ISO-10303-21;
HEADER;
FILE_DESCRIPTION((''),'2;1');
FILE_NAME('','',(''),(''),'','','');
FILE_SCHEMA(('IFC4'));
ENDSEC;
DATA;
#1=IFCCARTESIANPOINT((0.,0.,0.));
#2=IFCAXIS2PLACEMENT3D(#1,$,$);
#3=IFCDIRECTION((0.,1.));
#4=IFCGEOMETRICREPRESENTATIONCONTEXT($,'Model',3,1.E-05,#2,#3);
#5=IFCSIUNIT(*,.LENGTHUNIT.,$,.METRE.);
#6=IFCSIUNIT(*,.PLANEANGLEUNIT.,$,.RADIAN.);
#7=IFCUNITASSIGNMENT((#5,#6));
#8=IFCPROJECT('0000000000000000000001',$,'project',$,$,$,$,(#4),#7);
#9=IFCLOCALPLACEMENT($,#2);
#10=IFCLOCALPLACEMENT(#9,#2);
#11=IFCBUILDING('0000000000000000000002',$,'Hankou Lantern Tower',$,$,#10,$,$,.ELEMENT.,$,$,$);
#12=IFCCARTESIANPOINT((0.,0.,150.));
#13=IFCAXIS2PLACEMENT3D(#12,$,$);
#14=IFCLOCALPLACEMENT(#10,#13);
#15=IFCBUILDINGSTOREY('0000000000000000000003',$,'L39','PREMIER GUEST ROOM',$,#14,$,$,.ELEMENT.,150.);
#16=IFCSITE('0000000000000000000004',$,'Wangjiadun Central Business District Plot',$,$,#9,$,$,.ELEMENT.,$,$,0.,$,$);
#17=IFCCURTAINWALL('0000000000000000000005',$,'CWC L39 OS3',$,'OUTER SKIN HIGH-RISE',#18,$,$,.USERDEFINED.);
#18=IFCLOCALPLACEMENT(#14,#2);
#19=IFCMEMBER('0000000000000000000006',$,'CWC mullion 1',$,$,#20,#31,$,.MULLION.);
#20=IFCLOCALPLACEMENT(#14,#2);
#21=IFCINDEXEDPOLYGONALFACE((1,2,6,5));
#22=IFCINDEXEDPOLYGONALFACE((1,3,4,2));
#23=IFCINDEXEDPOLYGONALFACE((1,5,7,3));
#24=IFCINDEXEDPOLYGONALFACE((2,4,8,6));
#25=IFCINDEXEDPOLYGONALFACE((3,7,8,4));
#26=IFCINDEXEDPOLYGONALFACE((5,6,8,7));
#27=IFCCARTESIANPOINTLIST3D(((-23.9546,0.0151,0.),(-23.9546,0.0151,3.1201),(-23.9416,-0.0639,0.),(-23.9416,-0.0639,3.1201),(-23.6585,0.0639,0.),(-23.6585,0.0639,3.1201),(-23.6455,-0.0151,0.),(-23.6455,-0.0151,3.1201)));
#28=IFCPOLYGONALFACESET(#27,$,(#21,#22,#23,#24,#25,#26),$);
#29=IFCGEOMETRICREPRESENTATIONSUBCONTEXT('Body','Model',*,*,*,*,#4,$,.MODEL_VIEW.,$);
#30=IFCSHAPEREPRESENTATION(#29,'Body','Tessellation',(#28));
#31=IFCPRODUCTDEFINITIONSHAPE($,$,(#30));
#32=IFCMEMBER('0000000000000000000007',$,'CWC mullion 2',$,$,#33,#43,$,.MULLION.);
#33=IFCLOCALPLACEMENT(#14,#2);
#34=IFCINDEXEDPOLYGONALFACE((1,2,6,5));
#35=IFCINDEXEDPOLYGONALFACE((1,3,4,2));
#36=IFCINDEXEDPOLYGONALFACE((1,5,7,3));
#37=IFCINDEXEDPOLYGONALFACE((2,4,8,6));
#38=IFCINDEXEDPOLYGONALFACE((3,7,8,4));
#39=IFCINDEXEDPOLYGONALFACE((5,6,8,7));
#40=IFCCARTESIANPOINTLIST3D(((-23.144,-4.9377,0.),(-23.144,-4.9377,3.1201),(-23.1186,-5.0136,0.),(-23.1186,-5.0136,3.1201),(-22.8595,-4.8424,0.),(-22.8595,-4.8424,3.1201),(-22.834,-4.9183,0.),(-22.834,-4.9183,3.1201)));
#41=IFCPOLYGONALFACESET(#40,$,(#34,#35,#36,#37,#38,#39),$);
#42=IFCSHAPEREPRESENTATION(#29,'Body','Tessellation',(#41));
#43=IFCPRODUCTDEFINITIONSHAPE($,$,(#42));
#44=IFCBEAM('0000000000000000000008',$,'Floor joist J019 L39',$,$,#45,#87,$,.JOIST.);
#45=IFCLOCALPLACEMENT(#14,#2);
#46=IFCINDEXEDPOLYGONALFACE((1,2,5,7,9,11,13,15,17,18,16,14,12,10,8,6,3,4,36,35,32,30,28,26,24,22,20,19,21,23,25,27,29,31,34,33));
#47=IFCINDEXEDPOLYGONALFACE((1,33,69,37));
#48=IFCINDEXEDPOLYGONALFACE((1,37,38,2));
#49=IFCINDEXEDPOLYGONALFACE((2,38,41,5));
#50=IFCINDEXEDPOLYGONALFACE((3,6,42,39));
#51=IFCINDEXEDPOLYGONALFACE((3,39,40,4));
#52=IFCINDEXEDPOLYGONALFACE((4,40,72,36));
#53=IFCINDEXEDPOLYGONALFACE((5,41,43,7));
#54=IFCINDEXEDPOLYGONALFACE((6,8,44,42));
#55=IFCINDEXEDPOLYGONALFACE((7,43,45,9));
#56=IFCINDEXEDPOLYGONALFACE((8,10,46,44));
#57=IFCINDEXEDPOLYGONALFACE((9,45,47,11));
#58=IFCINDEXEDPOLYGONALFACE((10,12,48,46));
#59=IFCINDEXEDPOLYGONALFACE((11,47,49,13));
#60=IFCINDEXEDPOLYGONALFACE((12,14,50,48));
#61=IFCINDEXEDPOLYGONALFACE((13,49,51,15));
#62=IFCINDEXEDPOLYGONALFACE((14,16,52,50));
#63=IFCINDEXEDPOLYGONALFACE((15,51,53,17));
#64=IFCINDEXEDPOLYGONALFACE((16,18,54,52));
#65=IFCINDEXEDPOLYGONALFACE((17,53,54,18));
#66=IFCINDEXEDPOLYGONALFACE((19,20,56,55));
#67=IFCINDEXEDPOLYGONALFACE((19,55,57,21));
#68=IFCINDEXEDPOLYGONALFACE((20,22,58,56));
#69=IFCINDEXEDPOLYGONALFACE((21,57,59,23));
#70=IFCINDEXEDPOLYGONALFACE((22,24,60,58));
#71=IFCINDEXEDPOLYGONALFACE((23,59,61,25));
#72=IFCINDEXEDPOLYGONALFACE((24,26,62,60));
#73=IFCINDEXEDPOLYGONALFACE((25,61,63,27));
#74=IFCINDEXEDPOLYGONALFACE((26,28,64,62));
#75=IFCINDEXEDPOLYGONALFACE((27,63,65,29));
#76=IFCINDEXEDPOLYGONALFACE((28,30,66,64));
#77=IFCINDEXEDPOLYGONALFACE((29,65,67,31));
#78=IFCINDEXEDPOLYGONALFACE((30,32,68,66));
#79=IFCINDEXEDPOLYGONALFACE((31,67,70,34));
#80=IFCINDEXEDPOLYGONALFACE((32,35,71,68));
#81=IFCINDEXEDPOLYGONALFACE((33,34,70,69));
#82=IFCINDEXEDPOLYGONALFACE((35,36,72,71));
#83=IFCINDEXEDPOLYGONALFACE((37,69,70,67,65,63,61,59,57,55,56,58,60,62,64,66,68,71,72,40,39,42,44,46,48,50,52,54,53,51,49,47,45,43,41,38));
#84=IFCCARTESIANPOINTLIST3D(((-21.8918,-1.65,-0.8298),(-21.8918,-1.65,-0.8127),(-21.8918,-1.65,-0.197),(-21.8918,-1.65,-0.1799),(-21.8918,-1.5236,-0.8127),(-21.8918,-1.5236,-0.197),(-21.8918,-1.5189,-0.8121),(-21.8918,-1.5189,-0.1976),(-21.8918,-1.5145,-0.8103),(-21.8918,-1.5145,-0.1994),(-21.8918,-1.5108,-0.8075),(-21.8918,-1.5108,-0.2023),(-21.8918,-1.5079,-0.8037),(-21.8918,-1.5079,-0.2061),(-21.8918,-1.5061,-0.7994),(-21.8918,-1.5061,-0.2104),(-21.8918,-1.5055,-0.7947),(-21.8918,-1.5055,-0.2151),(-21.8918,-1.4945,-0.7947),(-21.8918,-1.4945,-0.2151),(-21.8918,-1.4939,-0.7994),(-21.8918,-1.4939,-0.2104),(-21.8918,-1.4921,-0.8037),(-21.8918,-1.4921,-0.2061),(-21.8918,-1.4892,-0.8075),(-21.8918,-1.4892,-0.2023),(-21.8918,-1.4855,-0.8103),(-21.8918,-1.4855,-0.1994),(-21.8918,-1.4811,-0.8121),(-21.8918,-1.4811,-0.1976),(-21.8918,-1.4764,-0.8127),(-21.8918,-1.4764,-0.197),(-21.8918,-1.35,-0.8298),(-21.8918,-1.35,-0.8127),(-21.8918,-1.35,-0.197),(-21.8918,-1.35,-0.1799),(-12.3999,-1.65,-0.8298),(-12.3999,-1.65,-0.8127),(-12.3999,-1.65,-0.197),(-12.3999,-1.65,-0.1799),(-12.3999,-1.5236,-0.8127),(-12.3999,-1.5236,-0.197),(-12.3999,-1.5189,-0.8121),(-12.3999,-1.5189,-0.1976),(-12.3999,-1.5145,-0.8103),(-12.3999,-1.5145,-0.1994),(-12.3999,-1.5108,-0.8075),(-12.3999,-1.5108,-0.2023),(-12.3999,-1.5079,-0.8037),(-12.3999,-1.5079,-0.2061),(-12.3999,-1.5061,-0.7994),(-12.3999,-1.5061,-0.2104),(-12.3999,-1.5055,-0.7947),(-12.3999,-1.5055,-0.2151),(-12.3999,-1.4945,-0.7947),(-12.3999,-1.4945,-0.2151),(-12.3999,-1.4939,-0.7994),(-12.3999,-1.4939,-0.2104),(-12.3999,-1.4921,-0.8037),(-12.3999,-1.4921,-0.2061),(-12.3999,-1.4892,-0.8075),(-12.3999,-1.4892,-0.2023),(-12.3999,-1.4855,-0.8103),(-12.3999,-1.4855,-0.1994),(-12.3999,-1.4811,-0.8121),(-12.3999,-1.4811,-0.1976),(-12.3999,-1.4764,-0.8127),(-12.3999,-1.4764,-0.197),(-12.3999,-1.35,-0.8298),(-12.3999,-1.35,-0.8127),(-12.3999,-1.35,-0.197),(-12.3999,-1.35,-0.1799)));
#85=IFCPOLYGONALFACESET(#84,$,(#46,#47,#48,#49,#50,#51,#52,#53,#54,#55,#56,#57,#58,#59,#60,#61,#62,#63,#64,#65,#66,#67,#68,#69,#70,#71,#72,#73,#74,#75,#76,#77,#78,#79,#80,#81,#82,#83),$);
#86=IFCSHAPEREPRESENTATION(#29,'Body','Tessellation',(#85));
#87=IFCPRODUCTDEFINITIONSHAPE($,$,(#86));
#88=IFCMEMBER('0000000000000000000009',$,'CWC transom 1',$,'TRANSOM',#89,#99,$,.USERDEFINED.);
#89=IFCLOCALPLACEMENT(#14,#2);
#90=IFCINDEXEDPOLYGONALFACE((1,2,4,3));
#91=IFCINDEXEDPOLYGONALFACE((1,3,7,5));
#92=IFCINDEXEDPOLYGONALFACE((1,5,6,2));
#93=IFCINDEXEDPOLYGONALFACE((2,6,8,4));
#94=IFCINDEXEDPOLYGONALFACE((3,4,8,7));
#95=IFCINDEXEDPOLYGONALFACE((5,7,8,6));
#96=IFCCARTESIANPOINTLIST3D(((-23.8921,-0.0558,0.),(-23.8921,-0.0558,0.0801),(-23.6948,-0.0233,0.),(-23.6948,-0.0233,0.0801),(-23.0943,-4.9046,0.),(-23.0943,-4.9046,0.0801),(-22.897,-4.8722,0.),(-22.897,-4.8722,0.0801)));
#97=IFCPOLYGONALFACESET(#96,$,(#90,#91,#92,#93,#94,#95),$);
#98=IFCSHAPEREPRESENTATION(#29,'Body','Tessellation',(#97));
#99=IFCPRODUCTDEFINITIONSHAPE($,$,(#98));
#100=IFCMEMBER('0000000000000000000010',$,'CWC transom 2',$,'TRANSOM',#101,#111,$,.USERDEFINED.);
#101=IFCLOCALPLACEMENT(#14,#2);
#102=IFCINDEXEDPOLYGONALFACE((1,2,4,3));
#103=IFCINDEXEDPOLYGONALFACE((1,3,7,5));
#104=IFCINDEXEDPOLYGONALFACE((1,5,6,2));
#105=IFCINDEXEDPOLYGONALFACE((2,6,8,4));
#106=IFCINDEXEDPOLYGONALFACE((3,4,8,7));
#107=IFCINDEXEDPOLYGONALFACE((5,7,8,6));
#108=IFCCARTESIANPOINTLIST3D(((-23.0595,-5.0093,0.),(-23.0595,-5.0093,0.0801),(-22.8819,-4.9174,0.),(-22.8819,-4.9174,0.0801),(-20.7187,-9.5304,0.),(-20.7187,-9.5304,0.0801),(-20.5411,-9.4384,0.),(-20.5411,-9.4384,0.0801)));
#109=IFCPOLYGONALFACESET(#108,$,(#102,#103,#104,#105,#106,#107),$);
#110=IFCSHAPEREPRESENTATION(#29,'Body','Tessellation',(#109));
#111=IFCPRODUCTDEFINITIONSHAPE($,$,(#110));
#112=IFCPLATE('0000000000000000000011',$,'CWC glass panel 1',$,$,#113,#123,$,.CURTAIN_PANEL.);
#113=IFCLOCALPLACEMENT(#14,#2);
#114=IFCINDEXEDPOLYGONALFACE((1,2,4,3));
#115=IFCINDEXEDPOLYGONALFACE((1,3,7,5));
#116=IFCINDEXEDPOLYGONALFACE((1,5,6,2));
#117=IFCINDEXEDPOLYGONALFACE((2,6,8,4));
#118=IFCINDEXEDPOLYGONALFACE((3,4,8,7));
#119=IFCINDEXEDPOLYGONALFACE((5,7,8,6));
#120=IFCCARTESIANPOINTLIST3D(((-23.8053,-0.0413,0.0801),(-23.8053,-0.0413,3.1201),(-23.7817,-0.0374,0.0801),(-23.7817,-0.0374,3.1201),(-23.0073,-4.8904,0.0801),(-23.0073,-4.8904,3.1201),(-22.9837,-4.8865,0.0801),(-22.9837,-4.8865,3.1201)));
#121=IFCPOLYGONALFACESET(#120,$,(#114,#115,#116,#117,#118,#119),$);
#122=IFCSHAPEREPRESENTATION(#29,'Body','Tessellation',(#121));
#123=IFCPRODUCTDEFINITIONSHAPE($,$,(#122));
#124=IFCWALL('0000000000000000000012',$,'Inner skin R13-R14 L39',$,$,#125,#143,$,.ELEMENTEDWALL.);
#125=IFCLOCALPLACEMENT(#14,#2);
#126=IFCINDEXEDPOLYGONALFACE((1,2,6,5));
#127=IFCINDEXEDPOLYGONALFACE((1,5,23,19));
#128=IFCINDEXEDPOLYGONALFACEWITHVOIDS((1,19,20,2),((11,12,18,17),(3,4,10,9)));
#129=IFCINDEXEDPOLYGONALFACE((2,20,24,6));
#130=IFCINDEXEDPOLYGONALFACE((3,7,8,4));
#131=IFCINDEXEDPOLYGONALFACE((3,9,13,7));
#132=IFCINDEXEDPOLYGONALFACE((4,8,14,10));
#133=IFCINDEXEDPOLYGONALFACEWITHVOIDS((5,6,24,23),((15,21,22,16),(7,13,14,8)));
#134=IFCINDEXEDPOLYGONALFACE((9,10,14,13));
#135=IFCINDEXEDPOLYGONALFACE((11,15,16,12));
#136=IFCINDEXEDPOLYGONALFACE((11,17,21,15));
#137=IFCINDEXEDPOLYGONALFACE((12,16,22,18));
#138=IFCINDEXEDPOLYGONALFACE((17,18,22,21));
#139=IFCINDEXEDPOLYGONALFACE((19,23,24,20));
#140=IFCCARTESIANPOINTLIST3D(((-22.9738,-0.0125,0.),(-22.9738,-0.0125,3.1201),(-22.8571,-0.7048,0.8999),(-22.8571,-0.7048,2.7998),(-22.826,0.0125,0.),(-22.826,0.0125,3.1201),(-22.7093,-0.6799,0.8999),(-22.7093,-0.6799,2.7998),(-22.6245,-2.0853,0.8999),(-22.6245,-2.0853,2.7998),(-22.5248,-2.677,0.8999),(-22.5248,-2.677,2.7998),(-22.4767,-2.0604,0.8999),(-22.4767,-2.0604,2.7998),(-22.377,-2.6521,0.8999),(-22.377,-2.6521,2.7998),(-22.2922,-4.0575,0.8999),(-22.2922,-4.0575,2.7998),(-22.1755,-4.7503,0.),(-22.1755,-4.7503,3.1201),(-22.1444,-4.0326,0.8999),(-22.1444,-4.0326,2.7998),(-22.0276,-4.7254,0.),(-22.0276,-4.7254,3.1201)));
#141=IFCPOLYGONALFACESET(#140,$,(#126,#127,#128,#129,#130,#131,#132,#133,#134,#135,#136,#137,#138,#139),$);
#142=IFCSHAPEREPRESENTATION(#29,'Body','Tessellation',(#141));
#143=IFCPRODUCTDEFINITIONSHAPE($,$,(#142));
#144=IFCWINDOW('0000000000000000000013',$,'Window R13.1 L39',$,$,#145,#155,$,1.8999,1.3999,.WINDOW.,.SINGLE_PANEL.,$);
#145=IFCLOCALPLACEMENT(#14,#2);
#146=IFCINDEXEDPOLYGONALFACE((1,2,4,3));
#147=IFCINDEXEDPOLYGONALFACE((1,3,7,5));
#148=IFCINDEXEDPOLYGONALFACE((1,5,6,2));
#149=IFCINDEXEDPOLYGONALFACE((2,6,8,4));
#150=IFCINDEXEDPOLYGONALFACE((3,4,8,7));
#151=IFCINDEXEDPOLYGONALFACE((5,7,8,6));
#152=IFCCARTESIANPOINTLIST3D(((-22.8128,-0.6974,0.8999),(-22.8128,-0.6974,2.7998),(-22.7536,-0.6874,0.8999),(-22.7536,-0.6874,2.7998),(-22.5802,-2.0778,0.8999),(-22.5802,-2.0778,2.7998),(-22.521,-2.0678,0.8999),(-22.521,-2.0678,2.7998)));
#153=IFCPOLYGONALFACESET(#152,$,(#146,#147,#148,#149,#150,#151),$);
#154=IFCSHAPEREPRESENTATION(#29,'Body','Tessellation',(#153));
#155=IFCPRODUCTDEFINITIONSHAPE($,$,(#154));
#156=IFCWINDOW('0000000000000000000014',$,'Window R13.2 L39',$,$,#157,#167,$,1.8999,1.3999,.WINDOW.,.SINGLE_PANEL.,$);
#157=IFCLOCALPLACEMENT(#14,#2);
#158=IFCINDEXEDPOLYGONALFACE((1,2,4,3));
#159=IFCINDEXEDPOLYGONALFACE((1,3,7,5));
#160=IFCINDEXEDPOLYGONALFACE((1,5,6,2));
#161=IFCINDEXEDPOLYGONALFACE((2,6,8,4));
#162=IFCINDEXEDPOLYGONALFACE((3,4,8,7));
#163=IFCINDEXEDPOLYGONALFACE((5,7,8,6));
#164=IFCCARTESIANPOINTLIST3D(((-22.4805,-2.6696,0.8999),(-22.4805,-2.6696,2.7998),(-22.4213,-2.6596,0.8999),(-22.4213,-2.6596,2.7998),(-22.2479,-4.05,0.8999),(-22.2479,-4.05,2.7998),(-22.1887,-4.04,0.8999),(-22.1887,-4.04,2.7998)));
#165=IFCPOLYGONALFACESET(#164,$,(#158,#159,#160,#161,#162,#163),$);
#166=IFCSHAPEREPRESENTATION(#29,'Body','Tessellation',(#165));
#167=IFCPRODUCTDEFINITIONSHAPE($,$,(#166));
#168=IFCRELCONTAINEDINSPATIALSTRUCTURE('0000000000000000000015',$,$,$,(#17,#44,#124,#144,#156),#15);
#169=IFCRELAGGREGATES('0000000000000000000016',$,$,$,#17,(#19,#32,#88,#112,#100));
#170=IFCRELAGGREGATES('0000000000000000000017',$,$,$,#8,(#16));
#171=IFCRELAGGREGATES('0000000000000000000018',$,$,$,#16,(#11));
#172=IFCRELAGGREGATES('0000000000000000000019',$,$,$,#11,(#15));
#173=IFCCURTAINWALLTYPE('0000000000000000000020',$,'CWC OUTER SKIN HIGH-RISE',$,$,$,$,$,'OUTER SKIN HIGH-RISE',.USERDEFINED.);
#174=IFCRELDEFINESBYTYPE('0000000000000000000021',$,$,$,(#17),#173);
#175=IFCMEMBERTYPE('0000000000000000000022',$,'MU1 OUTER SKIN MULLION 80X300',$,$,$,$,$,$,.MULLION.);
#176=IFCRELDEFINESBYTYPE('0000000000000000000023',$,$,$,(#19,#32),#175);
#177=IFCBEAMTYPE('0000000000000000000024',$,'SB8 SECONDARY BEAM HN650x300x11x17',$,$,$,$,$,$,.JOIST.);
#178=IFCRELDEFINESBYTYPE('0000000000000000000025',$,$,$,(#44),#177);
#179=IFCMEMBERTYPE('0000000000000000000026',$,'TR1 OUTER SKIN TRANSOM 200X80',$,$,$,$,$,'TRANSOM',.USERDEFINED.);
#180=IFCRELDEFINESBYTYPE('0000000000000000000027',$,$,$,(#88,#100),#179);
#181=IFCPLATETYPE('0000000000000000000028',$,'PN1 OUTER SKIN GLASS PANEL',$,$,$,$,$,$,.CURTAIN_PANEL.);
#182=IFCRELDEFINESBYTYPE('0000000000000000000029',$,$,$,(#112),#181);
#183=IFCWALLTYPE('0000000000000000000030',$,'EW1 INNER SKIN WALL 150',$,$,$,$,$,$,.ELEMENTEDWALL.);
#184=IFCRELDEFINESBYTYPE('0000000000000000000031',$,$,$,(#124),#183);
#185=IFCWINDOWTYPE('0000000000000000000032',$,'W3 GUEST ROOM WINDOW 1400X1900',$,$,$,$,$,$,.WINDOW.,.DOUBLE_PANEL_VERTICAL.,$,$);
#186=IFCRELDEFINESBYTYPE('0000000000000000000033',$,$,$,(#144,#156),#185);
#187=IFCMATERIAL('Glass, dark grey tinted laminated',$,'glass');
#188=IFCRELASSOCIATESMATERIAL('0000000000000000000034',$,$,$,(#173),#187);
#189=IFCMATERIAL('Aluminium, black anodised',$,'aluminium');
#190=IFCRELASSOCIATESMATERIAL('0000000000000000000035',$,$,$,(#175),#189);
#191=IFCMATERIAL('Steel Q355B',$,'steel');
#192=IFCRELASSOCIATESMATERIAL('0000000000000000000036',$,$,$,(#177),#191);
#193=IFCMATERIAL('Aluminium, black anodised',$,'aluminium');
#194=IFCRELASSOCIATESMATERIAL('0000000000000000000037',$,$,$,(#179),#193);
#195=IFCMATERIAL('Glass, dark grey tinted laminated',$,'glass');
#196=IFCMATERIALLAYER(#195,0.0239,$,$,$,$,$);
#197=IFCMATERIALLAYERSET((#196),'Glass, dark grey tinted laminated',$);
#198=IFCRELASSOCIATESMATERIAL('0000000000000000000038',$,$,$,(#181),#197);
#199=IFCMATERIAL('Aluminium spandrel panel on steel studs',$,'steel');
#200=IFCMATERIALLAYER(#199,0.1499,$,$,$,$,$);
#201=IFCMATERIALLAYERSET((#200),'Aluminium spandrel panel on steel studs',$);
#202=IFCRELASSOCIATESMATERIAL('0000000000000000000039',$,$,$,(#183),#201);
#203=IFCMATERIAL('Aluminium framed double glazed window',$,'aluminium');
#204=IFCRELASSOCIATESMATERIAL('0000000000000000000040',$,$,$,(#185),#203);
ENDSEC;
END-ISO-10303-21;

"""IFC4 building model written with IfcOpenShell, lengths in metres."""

from ifc_helpers import new_model, si_unit, direction, frame, frame_2d, origin, origin_2d, place, context, subcontext, project, spatial, rectangle, i_section, extrude, material, layer, layer_set, material_profile, profile_set, type_object, element, fill, aggregate, save


model = new_model("IFC4")

# Units and contexts
model_context = context("Model", 3, precision=1e-05, world=origin(), true_north=direction((0.0, 1.0)))
body_context = subcontext(model_context, "Body", "Model", "MODEL_VIEW")
ifc_project = project(units=[si_unit("LENGTHUNIT", "METRE"), si_unit("PLANEANGLEUNIT", "RADIAN")], contexts=[model_context])

# Site, building, storey
site_placement = place(None, origin())
site = spatial("IfcSite", under=ifc_project, at=site_placement, Name="Wangjiadun Central Business District Plot", CompositionType="ELEMENT", RefElevation=0.0)
building_placement = place(site_placement, origin())
building = spatial("IfcBuilding", under=site, at=building_placement, Name="Hankou Lantern Tower", CompositionType="ELEMENT")
storey_placement = place(building_placement, frame((0.0, 0.0, 150.0)))
storey = spatial("IfcBuildingStorey", under=building, at=storey_placement, Name="L39", Description="PREMIER GUEST ROOM", CompositionType="ELEMENT", Elevation=150.0)

# Curtain wall, members
ifc_material_1 = material(Name="Glass, dark grey tinted laminated", Category="glass")
curtain_wall_type = type_object("IfcCurtainWallType", Name="CWC OUTER SKIN HIGH-RISE", ElementType="OUTER SKIN HIGH-RISE", PredefinedType="USERDEFINED", material=ifc_material_1)
curtain_wall_placement = place(storey_placement, origin())
curtain_wall = element("IfcCurtainWall", 1, at=curtain_wall_placement, inside=storey, type_object=curtain_wall_type, Name="CWC L39 OS3", ObjectType="OUTER SKIN HIGH-RISE", PredefinedType="USERDEFINED")
ifc_material_2 = material(Name="Aluminium, black anodised", Category="aluminium")
ifc_material_profile_1 = material_profile(ifc_material_2, rectangle(XDim=0.0801, YDim=0.3, at=origin_2d()), Name="MU1 80X300")
ifc_profile_set_1 = profile_set([ifc_material_profile_1], Name="Aluminium, black anodised")
member_type_1 = type_object("IfcMemberType", Name="MU1 OUTER SKIN MULLION 80X300", PredefinedType="MULLION", material=ifc_profile_set_1)
member_1_placement = place(storey_placement, frame((-23.8, 0.0, 0.0), z_axis=(0.0, 0.0, 1.0), x_axis=(0.162382, -0.986728, 0.0)))
member_1 = element("IfcMember", 2, at=member_1_placement, type_object=member_type_1, Name="CWC mullion 1", PredefinedType="MULLION", context=body_context, shape_type="SweptSolid", body=[
    extrude(rectangle(XDim=0.0801, YDim=0.3, at=origin_2d()), origin(), (0.0, 0.0, 1.0), 3.1201),
])
member_2_placement = place(storey_placement, frame((-22.989, -4.928, 0.0), z_axis=(0.0, 0.0, 1.0), x_axis=(0.317596, -0.948226, 0.0)))
member_2 = element("IfcMember", 3, at=member_2_placement, type_object=member_type_1, Name="CWC mullion 2", PredefinedType="MULLION", context=body_context, shape_type="SweptSolid", body=[
    extrude(rectangle(XDim=0.0801, YDim=0.3, at=origin_2d()), origin(), (0.0, 0.0, 1.0), 3.1201),
])

# Beam
ifc_material_3 = material(Name="Steel Q355B", Category="steel")
ifc_material_profile_2 = material_profile(ifc_material_3, i_section(OverallWidth=0.3, OverallDepth=0.6499, WebThickness=0.011, FlangeThickness=0.0171, FilletRadius=0.0181, at=origin_2d()), Name="HN650x300x11x17")
ifc_profile_set_2 = profile_set([ifc_material_profile_2], Name="Steel Q355B")
beam_type_1 = type_object("IfcBeamType", Name="SB8 SECONDARY BEAM HN650x300x11x17", PredefinedType="JOIST", material=ifc_profile_set_2)
beam_1_placement = place(storey_placement, frame((-21.8918, -1.5, -0.5049), z_axis=(1.0, 0.0, 0.0), x_axis=(0.0, 1.0, 0.0)))
element("IfcBeam", 4, at=beam_1_placement, inside=storey, type_object=beam_type_1, Name="Floor joist J019 L39", PredefinedType="JOIST", context=body_context, shape_type="SweptSolid", body=[
    extrude(i_section(OverallWidth=0.3, OverallDepth=0.6499, WebThickness=0.011, FlangeThickness=0.0171, FilletRadius=0.0181, at=origin_2d()), origin(), (0.0, 0.0, 1.0), 9.4919),
])

# Members
ifc_material_4 = material(Name="Aluminium, black anodised", Category="aluminium")
ifc_material_profile_3 = material_profile(ifc_material_4, rectangle(XDim=0.2, YDim=0.0801, at=origin_2d()), Name="TR1 200X80")
ifc_profile_set_3 = profile_set([ifc_material_profile_3], Name="Aluminium, black anodised")
member_type_2 = type_object("IfcMemberType", Name="TR1 OUTER SKIN TRANSOM 200X80", ElementType="TRANSOM", PredefinedType="USERDEFINED", material=ifc_profile_set_3)
member_3_placement = place(storey_placement, frame((-23.7935, -0.0396, 0.04), z_axis=(0.16236, -0.986732, 0.0), x_axis=(0.986732, 0.16236, 0.0)))
member_3 = element("IfcMember", 5, at=member_3_placement, type_object=member_type_2, Name="CWC transom 1", ObjectType="TRANSOM", PredefinedType="USERDEFINED", context=body_context, shape_type="SweptSolid", body=[
    extrude(rectangle(XDim=0.2, YDim=0.0801, at=origin_2d()), origin(), (0.0, 0.0, 1.0), 4.9141),
])
member_4_placement = place(storey_placement, frame((-22.9707, -4.9634, 0.04), z_axis=(0.459791, -0.888027, 0.0), x_axis=(0.888027, 0.459791, 0.0)))
member_4 = element("IfcMember", 6, at=member_4_placement, type_object=member_type_2, Name="CWC transom 2", ObjectType="TRANSOM", PredefinedType="USERDEFINED", context=body_context, shape_type="SweptSolid", body=[
    extrude(rectangle(XDim=0.2, YDim=0.0801, at=origin_2d()), origin(), (0.0, 0.0, 1.0), 5.0911),
])

# Plate
ifc_material_5 = material(Name="Glass, dark grey tinted laminated", Category="glass")
ifc_layer_1 = layer(ifc_material_5, 0.0239)
ifc_layer_set_1 = layer_set([ifc_layer_1], Name="Glass, dark grey tinted laminated")
plate_type = type_object("IfcPlateType", Name="PN1 OUTER SKIN GLASS PANEL", PredefinedType="CURTAIN_PANEL", material=ifc_layer_set_1)
plate_placement = place(storey_placement, frame((-23.3945, -2.4639, 0.0801), z_axis=(0.0, 0.0, 1.0), x_axis=(0.162382, -0.986728, 0.0)))
plate = element("IfcPlate", 7, at=plate_placement, type_object=plate_type, Name="CWC glass panel 1", PredefinedType="CURTAIN_PANEL", context=body_context, shape_type="SweptSolid", body=[
    extrude(rectangle(XDim=4.9143, YDim=0.0239, at=origin_2d()), origin(), (0.0, 0.0, 1.0), 3.04),
])
aggregate(curtain_wall, [member_1, member_2, member_3, plate, member_4])

# Wall, openings, windows
ifc_material_6 = material(Name="Aluminium spandrel panel on steel studs", Category="steel")
ifc_layer_2 = layer(ifc_material_6, 0.1499)
ifc_layer_set_2 = layer_set([ifc_layer_2], Name="Aluminium spandrel panel on steel studs")
wall_type_1 = type_object("IfcWallType", Name="EW1 INNER SKIN WALL 150", PredefinedType="ELEMENTEDWALL", material=ifc_layer_set_2)
wall_1_placement = place(storey_placement, frame((-22.8999, 0.0, 0.0), z_axis=(0.0, 0.0, 1.0), x_axis=(0.166162, -0.986098, 0.0)))
wall_1 = element("IfcWall", 8, at=wall_1_placement, inside=storey, type_object=wall_type_1, Name="Inner skin R13-R14 L39", PredefinedType="ELEMENTEDWALL", context=body_context, shape_type="SweptSolid", body=[
    extrude(rectangle(XDim=4.8047, YDim=0.1499, at=frame_2d((2.4023, 0.0))), origin(), (0.0, 0.0, 1.0), 3.1201),
])
opening_1_placement = place(wall_1_placement, frame((0.7021, 0.0, 0.8999)))
opening_1 = element("IfcOpeningElement", 9, at=opening_1_placement, cuts=wall_1, PredefinedType="OPENING", context=body_context, shape_type="SweptSolid", body=[
    extrude(rectangle(XDim=1.3999, YDim=1.8999, at=frame_2d((0.7, 0.95))), frame((0.0, 0.085, 0.0), z_axis=(0.0, -1.0, 0.0), x_axis=(1.0, 0.0, 0.0)), (0.0, 0.0, 1.0), 0.1699),
])
opening_2_placement = place(wall_1_placement, frame((2.7021, 0.0, 0.8999)))
opening_2 = element("IfcOpeningElement", 10, at=opening_2_placement, cuts=wall_1, PredefinedType="OPENING", context=body_context, shape_type="SweptSolid", body=[
    extrude(rectangle(XDim=1.3999, YDim=1.8999, at=frame_2d((0.7, 0.95))), frame((0.0, 0.085, 0.0), z_axis=(0.0, -1.0, 0.0), x_axis=(1.0, 0.0, 0.0)), (0.0, 0.0, 1.0), 0.1699),
])
ifc_material_7 = material(Name="Aluminium framed double glazed window", Category="aluminium")
window_type = type_object("IfcWindowType", Name="W3 GUEST ROOM WINDOW 1400X1900", PartitioningType="DOUBLE_PANEL_VERTICAL", PredefinedType="WINDOW", material=ifc_material_7)
window_1_placement = place(opening_1_placement, origin())
window_1 = element("IfcWindow", 11, at=window_1_placement, inside=storey, type_object=window_type, Name="Window R13.1 L39", OverallHeight=1.8999, OverallWidth=1.3999, PartitioningType="SINGLE_PANEL", PredefinedType="WINDOW", context=body_context, shape_type="SweptSolid", body=[
    extrude(rectangle(XDim=1.3999, YDim=1.8999, at=frame_2d((0.7, 0.95))), frame((0.0, 0.03, 0.0), z_axis=(0.0, -1.0, 0.0), x_axis=(1.0, 0.0, 0.0)), (0.0, 0.0, 1.0), 0.0601),
])
fill(opening_1, window_1)
window_2_placement = place(opening_2_placement, origin())
window_2 = element("IfcWindow", 12, at=window_2_placement, inside=storey, type_object=window_type, Name="Window R13.2 L39", OverallHeight=1.8999, OverallWidth=1.3999, PartitioningType="SINGLE_PANEL", PredefinedType="WINDOW", context=body_context, shape_type="SweptSolid", body=[
    extrude(rectangle(XDim=1.3999, YDim=1.8999, at=frame_2d((0.7, 0.95))), frame((0.0, 0.03, 0.0), z_axis=(0.0, -1.0, 0.0), x_axis=(1.0, 0.0, 0.0)), (0.0, 0.0, 1.0), 0.0601),
])
fill(opening_2, window_2)

save(model, "model.ifc")
